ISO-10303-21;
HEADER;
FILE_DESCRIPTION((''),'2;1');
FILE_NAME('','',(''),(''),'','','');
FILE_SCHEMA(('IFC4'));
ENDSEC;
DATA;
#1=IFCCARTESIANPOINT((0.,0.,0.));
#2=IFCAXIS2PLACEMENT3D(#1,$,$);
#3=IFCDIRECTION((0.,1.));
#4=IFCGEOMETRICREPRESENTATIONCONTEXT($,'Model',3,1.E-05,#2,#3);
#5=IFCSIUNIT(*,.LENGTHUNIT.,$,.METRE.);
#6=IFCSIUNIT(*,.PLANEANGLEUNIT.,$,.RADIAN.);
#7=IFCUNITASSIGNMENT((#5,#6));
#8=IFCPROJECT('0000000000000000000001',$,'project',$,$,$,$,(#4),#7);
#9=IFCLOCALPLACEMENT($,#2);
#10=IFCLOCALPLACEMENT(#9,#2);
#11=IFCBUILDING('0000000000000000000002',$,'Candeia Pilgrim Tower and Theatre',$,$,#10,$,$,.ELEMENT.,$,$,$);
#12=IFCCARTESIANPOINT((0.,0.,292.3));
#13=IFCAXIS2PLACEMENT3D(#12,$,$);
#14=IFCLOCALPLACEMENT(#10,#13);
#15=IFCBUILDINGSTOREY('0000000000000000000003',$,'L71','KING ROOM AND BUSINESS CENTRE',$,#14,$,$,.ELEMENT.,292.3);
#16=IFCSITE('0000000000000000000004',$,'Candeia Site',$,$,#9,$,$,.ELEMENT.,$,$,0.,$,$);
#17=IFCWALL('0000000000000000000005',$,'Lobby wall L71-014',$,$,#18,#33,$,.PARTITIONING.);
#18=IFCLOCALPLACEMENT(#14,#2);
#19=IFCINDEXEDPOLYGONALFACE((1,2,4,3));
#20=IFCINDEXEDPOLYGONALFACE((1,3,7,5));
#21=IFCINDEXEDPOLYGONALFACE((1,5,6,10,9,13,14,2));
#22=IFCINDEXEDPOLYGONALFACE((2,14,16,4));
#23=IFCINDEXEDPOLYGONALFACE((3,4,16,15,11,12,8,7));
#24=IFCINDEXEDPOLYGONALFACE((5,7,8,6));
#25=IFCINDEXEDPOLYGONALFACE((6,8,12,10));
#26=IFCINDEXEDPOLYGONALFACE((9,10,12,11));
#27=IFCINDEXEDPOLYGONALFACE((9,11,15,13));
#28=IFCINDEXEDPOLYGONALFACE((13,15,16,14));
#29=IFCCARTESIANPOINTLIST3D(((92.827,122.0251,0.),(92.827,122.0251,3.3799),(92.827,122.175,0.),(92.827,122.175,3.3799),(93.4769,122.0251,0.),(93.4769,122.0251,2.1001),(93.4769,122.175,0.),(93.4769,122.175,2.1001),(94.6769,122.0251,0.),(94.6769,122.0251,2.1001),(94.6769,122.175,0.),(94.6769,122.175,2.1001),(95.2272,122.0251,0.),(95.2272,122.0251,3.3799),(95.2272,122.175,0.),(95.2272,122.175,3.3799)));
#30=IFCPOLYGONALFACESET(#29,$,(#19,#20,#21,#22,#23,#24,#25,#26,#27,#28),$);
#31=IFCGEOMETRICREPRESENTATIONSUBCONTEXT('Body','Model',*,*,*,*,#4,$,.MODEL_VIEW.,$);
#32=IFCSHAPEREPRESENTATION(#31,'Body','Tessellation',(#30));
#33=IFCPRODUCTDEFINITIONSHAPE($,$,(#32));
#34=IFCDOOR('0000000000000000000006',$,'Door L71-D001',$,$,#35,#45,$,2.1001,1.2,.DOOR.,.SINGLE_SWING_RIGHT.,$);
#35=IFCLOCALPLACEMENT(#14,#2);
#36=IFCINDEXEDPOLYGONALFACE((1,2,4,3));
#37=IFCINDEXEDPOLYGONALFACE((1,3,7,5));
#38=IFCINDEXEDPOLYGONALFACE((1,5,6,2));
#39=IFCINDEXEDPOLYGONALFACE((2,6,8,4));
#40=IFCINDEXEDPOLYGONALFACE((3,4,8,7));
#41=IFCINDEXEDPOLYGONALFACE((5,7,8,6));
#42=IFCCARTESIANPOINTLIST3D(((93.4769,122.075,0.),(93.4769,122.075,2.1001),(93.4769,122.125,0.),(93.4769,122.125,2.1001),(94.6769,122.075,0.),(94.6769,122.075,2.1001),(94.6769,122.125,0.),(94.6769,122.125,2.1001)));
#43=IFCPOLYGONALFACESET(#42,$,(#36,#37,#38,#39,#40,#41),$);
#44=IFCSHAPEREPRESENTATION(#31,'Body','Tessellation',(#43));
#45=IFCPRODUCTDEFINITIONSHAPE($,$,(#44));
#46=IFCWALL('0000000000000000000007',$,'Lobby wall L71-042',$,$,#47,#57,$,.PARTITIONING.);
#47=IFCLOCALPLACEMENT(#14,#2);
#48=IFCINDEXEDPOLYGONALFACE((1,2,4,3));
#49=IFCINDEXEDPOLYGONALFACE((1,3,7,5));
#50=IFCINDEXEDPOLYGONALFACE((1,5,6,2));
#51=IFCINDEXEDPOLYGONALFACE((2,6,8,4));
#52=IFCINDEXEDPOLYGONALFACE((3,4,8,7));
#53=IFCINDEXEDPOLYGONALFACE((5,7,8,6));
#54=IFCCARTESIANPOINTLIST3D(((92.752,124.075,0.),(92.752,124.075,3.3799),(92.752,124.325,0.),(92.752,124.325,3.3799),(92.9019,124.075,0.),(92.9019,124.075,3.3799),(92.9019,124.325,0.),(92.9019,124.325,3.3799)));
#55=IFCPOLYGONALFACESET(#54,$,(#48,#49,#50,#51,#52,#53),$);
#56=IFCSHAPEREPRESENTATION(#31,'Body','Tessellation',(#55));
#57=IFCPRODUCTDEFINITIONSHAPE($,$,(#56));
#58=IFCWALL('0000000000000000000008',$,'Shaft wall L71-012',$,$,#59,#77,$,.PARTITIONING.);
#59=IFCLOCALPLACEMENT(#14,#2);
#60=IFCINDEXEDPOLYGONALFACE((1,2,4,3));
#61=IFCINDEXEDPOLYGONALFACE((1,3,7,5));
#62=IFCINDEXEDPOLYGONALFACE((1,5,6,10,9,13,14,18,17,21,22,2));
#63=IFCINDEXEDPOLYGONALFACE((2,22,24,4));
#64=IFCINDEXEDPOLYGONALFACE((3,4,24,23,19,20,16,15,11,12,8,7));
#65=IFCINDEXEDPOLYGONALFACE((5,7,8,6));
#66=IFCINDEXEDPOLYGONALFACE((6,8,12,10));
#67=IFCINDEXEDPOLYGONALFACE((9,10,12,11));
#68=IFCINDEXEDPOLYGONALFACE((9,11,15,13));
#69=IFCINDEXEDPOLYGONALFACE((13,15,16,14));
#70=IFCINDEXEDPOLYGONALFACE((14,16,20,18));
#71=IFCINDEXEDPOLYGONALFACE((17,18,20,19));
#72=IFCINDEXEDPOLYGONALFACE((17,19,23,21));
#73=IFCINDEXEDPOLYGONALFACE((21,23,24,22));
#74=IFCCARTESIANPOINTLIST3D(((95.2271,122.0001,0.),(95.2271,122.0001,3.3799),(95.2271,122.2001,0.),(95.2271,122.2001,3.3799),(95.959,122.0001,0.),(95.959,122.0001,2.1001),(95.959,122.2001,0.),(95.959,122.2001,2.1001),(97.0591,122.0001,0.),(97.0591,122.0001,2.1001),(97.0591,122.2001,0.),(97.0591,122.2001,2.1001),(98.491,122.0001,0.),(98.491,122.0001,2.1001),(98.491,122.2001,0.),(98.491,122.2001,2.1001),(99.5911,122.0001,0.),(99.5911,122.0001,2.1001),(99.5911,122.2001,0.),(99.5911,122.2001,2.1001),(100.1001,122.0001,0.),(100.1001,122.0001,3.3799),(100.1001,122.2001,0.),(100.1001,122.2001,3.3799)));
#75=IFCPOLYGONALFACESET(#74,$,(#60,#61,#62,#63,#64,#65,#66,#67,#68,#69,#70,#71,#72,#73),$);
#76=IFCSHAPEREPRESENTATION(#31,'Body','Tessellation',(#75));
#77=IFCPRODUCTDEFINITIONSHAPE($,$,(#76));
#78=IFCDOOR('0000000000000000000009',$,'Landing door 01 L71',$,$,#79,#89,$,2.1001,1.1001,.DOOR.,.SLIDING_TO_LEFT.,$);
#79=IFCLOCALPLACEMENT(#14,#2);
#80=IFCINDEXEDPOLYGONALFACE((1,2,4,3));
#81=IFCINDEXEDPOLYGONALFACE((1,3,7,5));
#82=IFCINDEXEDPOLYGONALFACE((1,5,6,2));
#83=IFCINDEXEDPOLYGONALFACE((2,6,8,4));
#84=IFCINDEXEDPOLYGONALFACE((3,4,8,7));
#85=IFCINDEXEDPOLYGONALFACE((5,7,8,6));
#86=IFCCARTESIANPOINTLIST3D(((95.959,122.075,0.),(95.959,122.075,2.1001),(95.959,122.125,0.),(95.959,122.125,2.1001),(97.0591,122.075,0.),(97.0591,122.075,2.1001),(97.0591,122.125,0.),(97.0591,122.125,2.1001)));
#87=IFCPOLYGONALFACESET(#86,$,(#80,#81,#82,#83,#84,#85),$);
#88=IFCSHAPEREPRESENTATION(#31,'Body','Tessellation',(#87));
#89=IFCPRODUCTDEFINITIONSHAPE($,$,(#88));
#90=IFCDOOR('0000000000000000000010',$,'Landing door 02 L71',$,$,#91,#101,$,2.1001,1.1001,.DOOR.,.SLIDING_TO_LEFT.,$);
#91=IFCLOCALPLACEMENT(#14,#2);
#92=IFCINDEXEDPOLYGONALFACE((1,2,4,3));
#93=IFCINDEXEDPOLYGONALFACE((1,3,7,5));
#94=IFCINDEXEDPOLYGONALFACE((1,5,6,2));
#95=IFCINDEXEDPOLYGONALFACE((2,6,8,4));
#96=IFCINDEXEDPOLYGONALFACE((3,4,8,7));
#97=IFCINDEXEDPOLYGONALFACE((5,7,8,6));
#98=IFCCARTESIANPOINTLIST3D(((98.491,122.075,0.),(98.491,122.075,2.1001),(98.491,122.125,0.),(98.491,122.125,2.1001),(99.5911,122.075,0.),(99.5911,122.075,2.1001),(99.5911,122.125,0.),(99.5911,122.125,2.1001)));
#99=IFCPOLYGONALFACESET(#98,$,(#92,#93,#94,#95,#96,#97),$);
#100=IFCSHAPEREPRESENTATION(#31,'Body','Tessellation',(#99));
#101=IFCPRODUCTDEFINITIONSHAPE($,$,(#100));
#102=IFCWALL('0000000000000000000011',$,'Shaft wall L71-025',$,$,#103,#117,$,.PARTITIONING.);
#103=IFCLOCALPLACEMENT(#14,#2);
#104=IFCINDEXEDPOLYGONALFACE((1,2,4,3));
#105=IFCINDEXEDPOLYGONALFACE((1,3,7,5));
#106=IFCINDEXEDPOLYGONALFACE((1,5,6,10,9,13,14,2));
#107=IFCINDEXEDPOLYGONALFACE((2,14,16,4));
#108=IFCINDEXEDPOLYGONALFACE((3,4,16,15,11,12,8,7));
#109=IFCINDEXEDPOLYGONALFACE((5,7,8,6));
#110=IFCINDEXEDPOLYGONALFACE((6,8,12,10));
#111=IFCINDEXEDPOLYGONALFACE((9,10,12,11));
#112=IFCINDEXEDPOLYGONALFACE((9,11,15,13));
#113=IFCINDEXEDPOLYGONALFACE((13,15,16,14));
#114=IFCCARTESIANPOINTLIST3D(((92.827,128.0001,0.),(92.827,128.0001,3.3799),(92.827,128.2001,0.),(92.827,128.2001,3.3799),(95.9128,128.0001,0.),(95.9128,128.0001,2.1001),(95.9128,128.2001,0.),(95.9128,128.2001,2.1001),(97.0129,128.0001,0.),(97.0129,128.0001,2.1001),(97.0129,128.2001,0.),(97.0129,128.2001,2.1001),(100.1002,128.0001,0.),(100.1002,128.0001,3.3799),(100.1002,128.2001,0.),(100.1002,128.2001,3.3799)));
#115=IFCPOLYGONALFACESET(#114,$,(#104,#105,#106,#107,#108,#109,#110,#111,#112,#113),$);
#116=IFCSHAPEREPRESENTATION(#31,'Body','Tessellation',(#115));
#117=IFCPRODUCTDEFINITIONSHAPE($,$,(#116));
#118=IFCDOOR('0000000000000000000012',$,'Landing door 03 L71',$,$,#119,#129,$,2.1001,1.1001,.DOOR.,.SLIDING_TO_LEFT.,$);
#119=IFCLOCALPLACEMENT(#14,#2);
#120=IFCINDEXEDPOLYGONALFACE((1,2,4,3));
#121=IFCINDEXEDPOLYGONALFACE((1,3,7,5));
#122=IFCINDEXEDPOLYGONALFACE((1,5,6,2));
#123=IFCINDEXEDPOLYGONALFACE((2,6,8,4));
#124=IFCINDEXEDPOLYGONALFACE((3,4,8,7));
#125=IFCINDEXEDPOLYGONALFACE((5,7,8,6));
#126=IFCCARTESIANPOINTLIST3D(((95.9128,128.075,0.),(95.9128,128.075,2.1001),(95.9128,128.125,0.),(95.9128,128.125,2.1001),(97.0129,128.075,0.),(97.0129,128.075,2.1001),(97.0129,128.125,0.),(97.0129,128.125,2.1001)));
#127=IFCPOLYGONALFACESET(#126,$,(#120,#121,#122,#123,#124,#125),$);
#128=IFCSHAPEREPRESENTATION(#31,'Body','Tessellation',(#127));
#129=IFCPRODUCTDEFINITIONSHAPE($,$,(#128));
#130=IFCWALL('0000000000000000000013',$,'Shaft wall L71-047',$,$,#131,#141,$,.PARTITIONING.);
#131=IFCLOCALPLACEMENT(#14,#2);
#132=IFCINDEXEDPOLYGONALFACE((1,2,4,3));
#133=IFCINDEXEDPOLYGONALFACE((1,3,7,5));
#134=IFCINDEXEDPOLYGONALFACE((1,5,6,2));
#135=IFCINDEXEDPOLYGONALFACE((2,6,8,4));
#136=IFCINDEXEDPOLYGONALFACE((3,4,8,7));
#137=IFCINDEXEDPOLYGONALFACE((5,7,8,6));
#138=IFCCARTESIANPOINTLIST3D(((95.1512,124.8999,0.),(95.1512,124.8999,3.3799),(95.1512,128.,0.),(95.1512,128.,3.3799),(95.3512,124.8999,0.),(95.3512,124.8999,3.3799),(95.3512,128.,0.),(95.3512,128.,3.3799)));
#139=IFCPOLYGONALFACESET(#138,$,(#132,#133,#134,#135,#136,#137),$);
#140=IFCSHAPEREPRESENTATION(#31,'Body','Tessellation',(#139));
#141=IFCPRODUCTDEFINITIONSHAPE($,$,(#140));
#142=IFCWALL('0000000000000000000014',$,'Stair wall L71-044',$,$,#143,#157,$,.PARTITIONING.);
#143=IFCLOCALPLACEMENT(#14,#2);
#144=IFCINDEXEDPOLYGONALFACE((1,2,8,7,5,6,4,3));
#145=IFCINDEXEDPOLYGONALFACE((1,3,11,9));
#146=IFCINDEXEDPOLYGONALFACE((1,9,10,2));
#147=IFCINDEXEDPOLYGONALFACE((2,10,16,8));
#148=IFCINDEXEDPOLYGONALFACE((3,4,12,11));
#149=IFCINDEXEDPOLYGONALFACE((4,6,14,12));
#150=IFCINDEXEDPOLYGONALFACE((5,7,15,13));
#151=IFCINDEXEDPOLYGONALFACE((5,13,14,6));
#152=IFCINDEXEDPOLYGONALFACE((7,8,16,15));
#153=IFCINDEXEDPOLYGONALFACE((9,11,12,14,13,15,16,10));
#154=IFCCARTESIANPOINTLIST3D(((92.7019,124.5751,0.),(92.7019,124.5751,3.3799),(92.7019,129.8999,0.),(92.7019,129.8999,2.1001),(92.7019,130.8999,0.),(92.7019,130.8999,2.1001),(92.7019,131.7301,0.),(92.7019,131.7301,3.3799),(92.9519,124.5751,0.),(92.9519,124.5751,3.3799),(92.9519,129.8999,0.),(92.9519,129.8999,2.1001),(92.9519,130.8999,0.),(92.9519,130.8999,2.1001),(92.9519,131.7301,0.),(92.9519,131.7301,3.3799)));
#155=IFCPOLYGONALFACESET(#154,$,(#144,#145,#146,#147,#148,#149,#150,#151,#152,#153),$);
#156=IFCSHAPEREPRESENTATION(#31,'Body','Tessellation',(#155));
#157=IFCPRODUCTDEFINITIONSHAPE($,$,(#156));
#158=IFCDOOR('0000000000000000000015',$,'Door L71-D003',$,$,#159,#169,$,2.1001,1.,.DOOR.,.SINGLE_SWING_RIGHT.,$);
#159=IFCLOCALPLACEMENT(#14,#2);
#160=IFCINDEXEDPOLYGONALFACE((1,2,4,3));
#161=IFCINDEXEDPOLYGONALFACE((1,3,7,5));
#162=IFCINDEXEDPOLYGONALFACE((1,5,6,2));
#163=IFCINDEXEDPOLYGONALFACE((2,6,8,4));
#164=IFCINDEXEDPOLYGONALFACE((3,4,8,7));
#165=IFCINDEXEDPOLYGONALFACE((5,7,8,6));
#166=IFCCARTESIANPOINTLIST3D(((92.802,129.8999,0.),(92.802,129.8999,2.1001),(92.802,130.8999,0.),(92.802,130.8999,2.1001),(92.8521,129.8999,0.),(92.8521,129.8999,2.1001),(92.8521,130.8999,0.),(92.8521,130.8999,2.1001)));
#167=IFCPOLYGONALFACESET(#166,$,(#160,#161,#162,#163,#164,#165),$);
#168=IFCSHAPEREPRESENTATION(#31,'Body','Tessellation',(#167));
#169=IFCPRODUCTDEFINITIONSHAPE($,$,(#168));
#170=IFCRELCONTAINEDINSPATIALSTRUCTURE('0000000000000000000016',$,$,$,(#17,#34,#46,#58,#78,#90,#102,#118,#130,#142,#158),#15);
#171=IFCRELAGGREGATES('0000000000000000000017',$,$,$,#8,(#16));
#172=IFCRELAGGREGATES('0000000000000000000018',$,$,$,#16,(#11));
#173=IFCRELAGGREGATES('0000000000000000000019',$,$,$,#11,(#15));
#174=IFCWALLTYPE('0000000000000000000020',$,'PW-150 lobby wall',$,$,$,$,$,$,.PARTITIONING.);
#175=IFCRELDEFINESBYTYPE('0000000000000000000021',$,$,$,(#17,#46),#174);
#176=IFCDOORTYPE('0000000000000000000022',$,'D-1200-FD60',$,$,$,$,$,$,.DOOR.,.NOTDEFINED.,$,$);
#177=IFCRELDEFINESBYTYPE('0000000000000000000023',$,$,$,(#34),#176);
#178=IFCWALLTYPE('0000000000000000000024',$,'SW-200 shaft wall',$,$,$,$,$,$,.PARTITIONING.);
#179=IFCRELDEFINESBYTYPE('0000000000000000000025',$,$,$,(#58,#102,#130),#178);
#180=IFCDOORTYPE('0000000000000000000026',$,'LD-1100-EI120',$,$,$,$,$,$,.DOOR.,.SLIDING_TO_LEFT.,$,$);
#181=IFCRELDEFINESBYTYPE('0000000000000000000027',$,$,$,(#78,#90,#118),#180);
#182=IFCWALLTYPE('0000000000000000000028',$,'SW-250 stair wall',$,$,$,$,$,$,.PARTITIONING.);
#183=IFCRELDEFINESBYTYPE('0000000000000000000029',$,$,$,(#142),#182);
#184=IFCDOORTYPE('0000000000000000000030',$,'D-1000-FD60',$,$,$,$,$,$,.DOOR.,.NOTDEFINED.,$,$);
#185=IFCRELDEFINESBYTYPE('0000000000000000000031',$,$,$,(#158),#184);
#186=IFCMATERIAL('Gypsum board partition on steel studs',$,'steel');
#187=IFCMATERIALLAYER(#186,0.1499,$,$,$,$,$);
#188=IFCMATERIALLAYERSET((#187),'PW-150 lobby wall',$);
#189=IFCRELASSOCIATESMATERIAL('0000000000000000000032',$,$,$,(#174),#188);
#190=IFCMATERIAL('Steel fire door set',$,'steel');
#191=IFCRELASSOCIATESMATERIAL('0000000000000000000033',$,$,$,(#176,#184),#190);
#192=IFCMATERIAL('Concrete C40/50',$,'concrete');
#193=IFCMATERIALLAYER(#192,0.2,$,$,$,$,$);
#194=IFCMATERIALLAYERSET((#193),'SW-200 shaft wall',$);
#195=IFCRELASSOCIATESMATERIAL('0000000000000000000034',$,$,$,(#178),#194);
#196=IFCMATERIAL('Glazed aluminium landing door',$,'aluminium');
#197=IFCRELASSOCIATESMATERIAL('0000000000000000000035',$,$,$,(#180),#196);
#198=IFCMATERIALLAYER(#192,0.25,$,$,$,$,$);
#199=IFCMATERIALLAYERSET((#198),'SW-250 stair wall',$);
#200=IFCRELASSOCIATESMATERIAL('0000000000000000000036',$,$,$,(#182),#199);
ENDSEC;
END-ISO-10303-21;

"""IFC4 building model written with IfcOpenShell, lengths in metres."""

from ifc_helpers import new_model, si_unit, direction, frame, frame_2d, origin, place, context, subcontext, project, spatial, rectangle, extrude, material, layer, layer_set, type_object, element, fill, save


model = new_model("IFC4")

# Units and contexts
model_context = context("Model", 3, precision=1e-05, world=origin(), true_north=direction((0.0, 1.0)))
body_context = subcontext(model_context, "Body", "Model", "MODEL_VIEW")
ifc_project = project(units=[si_unit("LENGTHUNIT", "METRE"), si_unit("PLANEANGLEUNIT", "RADIAN")], contexts=[model_context])

# Site, building, storey
site_placement = place(None, origin())
site = spatial("IfcSite", under=ifc_project, at=site_placement, Name="Candeia Site", CompositionType="ELEMENT", RefElevation=0.0)
building_placement = place(site_placement, origin())
building = spatial("IfcBuilding", under=site, at=building_placement, Name="Candeia Pilgrim Tower and Theatre", CompositionType="ELEMENT")
storey_placement = place(building_placement, frame((0.0, 0.0, 292.3)))
storey = spatial("IfcBuildingStorey", under=building, at=storey_placement, Name="L71", Description="KING ROOM AND BUSINESS CENTRE", CompositionType="ELEMENT", Elevation=292.3)

# Wall, opening, door
ifc_material_1 = material(Name="Gypsum board partition on steel studs", Category="steel")
ifc_layer_1 = layer(ifc_material_1, 0.1499)
ifc_layer_set_1 = layer_set([ifc_layer_1], Name="PW-150 lobby wall")
wall_type_1 = type_object("IfcWallType", Name="PW-150 lobby wall", PredefinedType="PARTITIONING", material=ifc_layer_set_1)
wall_1_placement = place(storey_placement, frame((92.8269, 122.1001, 0.0), z_axis=(0.0, 0.0, 1.0), x_axis=(1.0, 0.0, 0.0)))
wall_1 = element("IfcWall", 1, at=wall_1_placement, inside=storey, type_object=wall_type_1, Name="Lobby wall L71-014", PredefinedType="PARTITIONING", context=body_context, shape_type="SweptSolid", body=[
    extrude(rectangle(XDim=2.4001, YDim=0.1499, at=frame_2d((1.2002, 0.0))), origin(), (0.0, 0.0, 1.0), 3.3799),
])
opening_1_placement = place(wall_1_placement, frame((0.6499, 0.0, 0.0)))
opening_1 = element("IfcOpeningElement", 2, at=opening_1_placement, cuts=wall_1, PredefinedType="OPENING", context=body_context, shape_type="SweptSolid", body=[
    extrude(rectangle(XDim=1.2, YDim=2.1001, at=frame_2d((0.6001, 1.05))), frame((0.0, 0.085, 0.0), z_axis=(0.0, -1.0, 0.0), x_axis=(1.0, 0.0, 0.0)), (0.0, 0.0, 1.0), 0.1699),
])
ifc_material_2 = material(Name="Steel fire door set", Category="steel")
door_type_1 = type_object("IfcDoorType", Name="D-1200-FD60", OperationType="NOTDEFINED", PredefinedType="DOOR", material=ifc_material_2)
door_1_placement = place(opening_1_placement, origin())
door_1 = element("IfcDoor", 3, at=door_1_placement, inside=storey, type_object=door_type_1, Name="Door L71-D001", OperationType="SINGLE_SWING_RIGHT", OverallHeight=2.1001, OverallWidth=1.2, PredefinedType="DOOR", context=body_context, shape_type="SweptSolid", body=[
    extrude(rectangle(XDim=1.2, YDim=2.1001, at=frame_2d((0.6001, 1.05))), frame((0.0, 0.0249, 0.0), z_axis=(0.0, -1.0, 0.0), x_axis=(1.0, 0.0, 0.0)), (0.0, 0.0, 1.0), 0.05),
])
fill(opening_1, door_1)

# Wall
wall_2_placement = place(storey_placement, frame((92.8269, 124.075, 0.0), z_axis=(0.0, 0.0, 1.0), x_axis=(0.0, 1.0, 0.0)))
element("IfcWall", 4, at=wall_2_placement, inside=storey, type_object=wall_type_1, Name="Lobby wall L71-042", PredefinedType="PARTITIONING", context=body_context, shape_type="SweptSolid", body=[
    extrude(rectangle(XDim=0.25, YDim=0.1499, at=frame_2d((0.125, 0.0))), origin(), (0.0, 0.0, 1.0), 3.3799),
])

# Wall, openings, doors
ifc_material_3 = material(Name="Concrete C40/50", Category="concrete")
ifc_layer_2 = layer(ifc_material_3, 0.2)
ifc_layer_set_2 = layer_set([ifc_layer_2], Name="SW-200 shaft wall")
wall_type_2 = type_object("IfcWallType", Name="SW-200 shaft wall", PredefinedType="PARTITIONING", material=ifc_layer_set_2)
wall_3_placement = place(storey_placement, frame((95.2271, 122.1001, 0.0), z_axis=(0.0, 0.0, 1.0), x_axis=(1.0, 0.0, 0.0)))
wall_3 = element("IfcWall", 5, at=wall_3_placement, inside=storey, type_object=wall_type_2, Name="Shaft wall L71-012", PredefinedType="PARTITIONING", context=body_context, shape_type="SweptSolid", body=[
    extrude(rectangle(XDim=4.873, YDim=0.2, at=frame_2d((2.4365, 0.0))), origin(), (0.0, 0.0, 1.0), 3.3799),
])
opening_2_placement = place(wall_3_placement, frame((0.7319, 0.0, 0.0)))
opening_2 = element("IfcOpeningElement", 6, at=opening_2_placement, cuts=wall_3, PredefinedType="OPENING", context=body_context, shape_type="SweptSolid", body=[
    extrude(rectangle(XDim=1.1001, YDim=2.1001, at=frame_2d((0.55, 1.05))), frame((0.0, 0.1099, 0.0), z_axis=(0.0, -1.0, 0.0), x_axis=(1.0, 0.0, 0.0)), (0.0, 0.0, 1.0), 0.22),
])
opening_3_placement = place(wall_3_placement, frame((3.2639, 0.0, 0.0)))
opening_3 = element("IfcOpeningElement", 7, at=opening_3_placement, cuts=wall_3, PredefinedType="OPENING", context=body_context, shape_type="SweptSolid", body=[
    extrude(rectangle(XDim=1.1001, YDim=2.1001, at=frame_2d((0.55, 1.05))), frame((0.0, 0.1099, 0.0), z_axis=(0.0, -1.0, 0.0), x_axis=(1.0, 0.0, 0.0)), (0.0, 0.0, 1.0), 0.22),
])
ifc_material_4 = material(Name="Glazed aluminium landing door", Category="aluminium")
door_type_2 = type_object("IfcDoorType", Name="LD-1100-EI120", OperationType="SLIDING_TO_LEFT", PredefinedType="DOOR", material=ifc_material_4)
door_2_placement = place(opening_2_placement, origin())
door_2 = element("IfcDoor", 8, at=door_2_placement, inside=storey, type_object=door_type_2, Name="Landing door 01 L71", OperationType="SLIDING_TO_LEFT", OverallHeight=2.1001, OverallWidth=1.1001, PredefinedType="DOOR", context=body_context, shape_type="SweptSolid", body=[
    extrude(rectangle(XDim=1.1001, YDim=2.1001, at=frame_2d((0.55, 1.05))), frame((0.0, 0.0249, 0.0), z_axis=(0.0, -1.0, 0.0), x_axis=(1.0, 0.0, 0.0)), (0.0, 0.0, 1.0), 0.05),
])
fill(opening_2, door_2)
door_3_placement = place(opening_3_placement, origin())
door_3 = element("IfcDoor", 9, at=door_3_placement, inside=storey, type_object=door_type_2, Name="Landing door 02 L71", OperationType="SLIDING_TO_LEFT", OverallHeight=2.1001, OverallWidth=1.1001, PredefinedType="DOOR", context=body_context, shape_type="SweptSolid", body=[
    extrude(rectangle(XDim=1.1001, YDim=2.1001, at=frame_2d((0.55, 1.05))), frame((0.0, 0.0249, 0.0), z_axis=(0.0, -1.0, 0.0), x_axis=(1.0, 0.0, 0.0)), (0.0, 0.0, 1.0), 0.05),
])
fill(opening_3, door_3)

# Wall, opening, door
wall_4_placement = place(storey_placement, frame((92.8269, 128.1001, 0.0), z_axis=(0.0, 0.0, 1.0), x_axis=(1.0, 0.0, 0.0)))
wall_4 = element("IfcWall", 10, at=wall_4_placement, inside=storey, type_object=wall_type_2, Name="Shaft wall L71-025", PredefinedType="PARTITIONING", context=body_context, shape_type="SweptSolid", body=[
    extrude(rectangle(XDim=7.2732, YDim=0.2, at=frame_2d((3.6367, 0.0))), origin(), (0.0, 0.0, 1.0), 3.3799),
])
opening_4_placement = place(wall_4_placement, frame((3.0859, 0.0, 0.0)))
opening_4 = element("IfcOpeningElement", 11, at=opening_4_placement, cuts=wall_4, PredefinedType="OPENING", context=body_context, shape_type="SweptSolid", body=[
    extrude(rectangle(XDim=1.1001, YDim=2.1001, at=frame_2d((0.55, 1.05))), frame((0.0, 0.1099, 0.0), z_axis=(0.0, -1.0, 0.0), x_axis=(1.0, 0.0, 0.0)), (0.0, 0.0, 1.0), 0.22),
])
door_4_placement = place(opening_4_placement, origin())
door_4 = element("IfcDoor", 12, at=door_4_placement, inside=storey, type_object=door_type_2, Name="Landing door 03 L71", OperationType="SLIDING_TO_LEFT", OverallHeight=2.1001, OverallWidth=1.1001, PredefinedType="DOOR", context=body_context, shape_type="SweptSolid", body=[
    extrude(rectangle(XDim=1.1001, YDim=2.1001, at=frame_2d((0.55, 1.05))), frame((0.0, 0.0249, 0.0), z_axis=(0.0, -1.0, 0.0), x_axis=(1.0, 0.0, 0.0)), (0.0, 0.0, 1.0), 0.05),
])
fill(opening_4, door_4)

# Wall
wall_5_placement = place(storey_placement, frame((95.2512, 124.8999, 0.0), z_axis=(0.0, 0.0, 1.0), x_axis=(0.0, 1.0, 0.0)))
element("IfcWall", 13, at=wall_5_placement, inside=storey, type_object=wall_type_2, Name="Shaft wall L71-047", PredefinedType="PARTITIONING", context=body_context, shape_type="SweptSolid", body=[
    extrude(rectangle(XDim=3.1001, YDim=0.2, at=frame_2d((1.55, 0.0))), origin(), (0.0, 0.0, 1.0), 3.3799),
])

# Wall, opening, door
ifc_layer_3 = layer(ifc_material_3, 0.25)
ifc_layer_set_3 = layer_set([ifc_layer_3], Name="SW-250 stair wall")
wall_type_3 = type_object("IfcWallType", Name="SW-250 stair wall", PredefinedType="PARTITIONING", material=ifc_layer_set_3)
wall_6_placement = place(storey_placement, frame((92.8269, 124.575, 0.0), z_axis=(0.0, 0.0, 1.0), x_axis=(0.0, 1.0, 0.0)))
wall_6 = element("IfcWall", 14, at=wall_6_placement, inside=storey, type_object=wall_type_3, Name="Stair wall L71-044", PredefinedType="PARTITIONING", context=body_context, shape_type="SweptSolid", body=[
    extrude(rectangle(XDim=7.155, YDim=0.25, at=frame_2d((3.5776, 0.0))), origin(), (0.0, 0.0, 1.0), 3.3799),
])
opening_5_placement = place(wall_6_placement, frame((5.325, 0.0, 0.0)))
opening_5 = element("IfcOpeningElement", 15, at=opening_5_placement, cuts=wall_6, PredefinedType="OPENING", context=body_context, shape_type="SweptSolid", body=[
    extrude(rectangle(XDim=1.0, YDim=2.1001, at=frame_2d((0.5, 1.05))), frame((0.0, 0.135, 0.0), z_axis=(0.0, -1.0, 0.0), x_axis=(1.0, 0.0, 0.0)), (0.0, 0.0, 1.0), 0.27),
])
door_type_3 = type_object("IfcDoorType", Name="D-1000-FD60", OperationType="NOTDEFINED", PredefinedType="DOOR", material=ifc_material_2)
door_5_placement = place(opening_5_placement, origin())
door_5 = element("IfcDoor", 16, at=door_5_placement, inside=storey, type_object=door_type_3, Name="Door L71-D003", OperationType="SINGLE_SWING_RIGHT", OverallHeight=2.1001, OverallWidth=1.0, PredefinedType="DOOR", context=body_context, shape_type="SweptSolid", body=[
    extrude(rectangle(XDim=1.0, YDim=2.1001, at=frame_2d((0.5, 1.05))), frame((0.0, 0.0249, 0.0), z_axis=(0.0, -1.0, 0.0), x_axis=(1.0, 0.0, 0.0)), (0.0, 0.0, 1.0), 0.05),
])
fill(opening_5, door_5)

save(model, "model.ifc")
